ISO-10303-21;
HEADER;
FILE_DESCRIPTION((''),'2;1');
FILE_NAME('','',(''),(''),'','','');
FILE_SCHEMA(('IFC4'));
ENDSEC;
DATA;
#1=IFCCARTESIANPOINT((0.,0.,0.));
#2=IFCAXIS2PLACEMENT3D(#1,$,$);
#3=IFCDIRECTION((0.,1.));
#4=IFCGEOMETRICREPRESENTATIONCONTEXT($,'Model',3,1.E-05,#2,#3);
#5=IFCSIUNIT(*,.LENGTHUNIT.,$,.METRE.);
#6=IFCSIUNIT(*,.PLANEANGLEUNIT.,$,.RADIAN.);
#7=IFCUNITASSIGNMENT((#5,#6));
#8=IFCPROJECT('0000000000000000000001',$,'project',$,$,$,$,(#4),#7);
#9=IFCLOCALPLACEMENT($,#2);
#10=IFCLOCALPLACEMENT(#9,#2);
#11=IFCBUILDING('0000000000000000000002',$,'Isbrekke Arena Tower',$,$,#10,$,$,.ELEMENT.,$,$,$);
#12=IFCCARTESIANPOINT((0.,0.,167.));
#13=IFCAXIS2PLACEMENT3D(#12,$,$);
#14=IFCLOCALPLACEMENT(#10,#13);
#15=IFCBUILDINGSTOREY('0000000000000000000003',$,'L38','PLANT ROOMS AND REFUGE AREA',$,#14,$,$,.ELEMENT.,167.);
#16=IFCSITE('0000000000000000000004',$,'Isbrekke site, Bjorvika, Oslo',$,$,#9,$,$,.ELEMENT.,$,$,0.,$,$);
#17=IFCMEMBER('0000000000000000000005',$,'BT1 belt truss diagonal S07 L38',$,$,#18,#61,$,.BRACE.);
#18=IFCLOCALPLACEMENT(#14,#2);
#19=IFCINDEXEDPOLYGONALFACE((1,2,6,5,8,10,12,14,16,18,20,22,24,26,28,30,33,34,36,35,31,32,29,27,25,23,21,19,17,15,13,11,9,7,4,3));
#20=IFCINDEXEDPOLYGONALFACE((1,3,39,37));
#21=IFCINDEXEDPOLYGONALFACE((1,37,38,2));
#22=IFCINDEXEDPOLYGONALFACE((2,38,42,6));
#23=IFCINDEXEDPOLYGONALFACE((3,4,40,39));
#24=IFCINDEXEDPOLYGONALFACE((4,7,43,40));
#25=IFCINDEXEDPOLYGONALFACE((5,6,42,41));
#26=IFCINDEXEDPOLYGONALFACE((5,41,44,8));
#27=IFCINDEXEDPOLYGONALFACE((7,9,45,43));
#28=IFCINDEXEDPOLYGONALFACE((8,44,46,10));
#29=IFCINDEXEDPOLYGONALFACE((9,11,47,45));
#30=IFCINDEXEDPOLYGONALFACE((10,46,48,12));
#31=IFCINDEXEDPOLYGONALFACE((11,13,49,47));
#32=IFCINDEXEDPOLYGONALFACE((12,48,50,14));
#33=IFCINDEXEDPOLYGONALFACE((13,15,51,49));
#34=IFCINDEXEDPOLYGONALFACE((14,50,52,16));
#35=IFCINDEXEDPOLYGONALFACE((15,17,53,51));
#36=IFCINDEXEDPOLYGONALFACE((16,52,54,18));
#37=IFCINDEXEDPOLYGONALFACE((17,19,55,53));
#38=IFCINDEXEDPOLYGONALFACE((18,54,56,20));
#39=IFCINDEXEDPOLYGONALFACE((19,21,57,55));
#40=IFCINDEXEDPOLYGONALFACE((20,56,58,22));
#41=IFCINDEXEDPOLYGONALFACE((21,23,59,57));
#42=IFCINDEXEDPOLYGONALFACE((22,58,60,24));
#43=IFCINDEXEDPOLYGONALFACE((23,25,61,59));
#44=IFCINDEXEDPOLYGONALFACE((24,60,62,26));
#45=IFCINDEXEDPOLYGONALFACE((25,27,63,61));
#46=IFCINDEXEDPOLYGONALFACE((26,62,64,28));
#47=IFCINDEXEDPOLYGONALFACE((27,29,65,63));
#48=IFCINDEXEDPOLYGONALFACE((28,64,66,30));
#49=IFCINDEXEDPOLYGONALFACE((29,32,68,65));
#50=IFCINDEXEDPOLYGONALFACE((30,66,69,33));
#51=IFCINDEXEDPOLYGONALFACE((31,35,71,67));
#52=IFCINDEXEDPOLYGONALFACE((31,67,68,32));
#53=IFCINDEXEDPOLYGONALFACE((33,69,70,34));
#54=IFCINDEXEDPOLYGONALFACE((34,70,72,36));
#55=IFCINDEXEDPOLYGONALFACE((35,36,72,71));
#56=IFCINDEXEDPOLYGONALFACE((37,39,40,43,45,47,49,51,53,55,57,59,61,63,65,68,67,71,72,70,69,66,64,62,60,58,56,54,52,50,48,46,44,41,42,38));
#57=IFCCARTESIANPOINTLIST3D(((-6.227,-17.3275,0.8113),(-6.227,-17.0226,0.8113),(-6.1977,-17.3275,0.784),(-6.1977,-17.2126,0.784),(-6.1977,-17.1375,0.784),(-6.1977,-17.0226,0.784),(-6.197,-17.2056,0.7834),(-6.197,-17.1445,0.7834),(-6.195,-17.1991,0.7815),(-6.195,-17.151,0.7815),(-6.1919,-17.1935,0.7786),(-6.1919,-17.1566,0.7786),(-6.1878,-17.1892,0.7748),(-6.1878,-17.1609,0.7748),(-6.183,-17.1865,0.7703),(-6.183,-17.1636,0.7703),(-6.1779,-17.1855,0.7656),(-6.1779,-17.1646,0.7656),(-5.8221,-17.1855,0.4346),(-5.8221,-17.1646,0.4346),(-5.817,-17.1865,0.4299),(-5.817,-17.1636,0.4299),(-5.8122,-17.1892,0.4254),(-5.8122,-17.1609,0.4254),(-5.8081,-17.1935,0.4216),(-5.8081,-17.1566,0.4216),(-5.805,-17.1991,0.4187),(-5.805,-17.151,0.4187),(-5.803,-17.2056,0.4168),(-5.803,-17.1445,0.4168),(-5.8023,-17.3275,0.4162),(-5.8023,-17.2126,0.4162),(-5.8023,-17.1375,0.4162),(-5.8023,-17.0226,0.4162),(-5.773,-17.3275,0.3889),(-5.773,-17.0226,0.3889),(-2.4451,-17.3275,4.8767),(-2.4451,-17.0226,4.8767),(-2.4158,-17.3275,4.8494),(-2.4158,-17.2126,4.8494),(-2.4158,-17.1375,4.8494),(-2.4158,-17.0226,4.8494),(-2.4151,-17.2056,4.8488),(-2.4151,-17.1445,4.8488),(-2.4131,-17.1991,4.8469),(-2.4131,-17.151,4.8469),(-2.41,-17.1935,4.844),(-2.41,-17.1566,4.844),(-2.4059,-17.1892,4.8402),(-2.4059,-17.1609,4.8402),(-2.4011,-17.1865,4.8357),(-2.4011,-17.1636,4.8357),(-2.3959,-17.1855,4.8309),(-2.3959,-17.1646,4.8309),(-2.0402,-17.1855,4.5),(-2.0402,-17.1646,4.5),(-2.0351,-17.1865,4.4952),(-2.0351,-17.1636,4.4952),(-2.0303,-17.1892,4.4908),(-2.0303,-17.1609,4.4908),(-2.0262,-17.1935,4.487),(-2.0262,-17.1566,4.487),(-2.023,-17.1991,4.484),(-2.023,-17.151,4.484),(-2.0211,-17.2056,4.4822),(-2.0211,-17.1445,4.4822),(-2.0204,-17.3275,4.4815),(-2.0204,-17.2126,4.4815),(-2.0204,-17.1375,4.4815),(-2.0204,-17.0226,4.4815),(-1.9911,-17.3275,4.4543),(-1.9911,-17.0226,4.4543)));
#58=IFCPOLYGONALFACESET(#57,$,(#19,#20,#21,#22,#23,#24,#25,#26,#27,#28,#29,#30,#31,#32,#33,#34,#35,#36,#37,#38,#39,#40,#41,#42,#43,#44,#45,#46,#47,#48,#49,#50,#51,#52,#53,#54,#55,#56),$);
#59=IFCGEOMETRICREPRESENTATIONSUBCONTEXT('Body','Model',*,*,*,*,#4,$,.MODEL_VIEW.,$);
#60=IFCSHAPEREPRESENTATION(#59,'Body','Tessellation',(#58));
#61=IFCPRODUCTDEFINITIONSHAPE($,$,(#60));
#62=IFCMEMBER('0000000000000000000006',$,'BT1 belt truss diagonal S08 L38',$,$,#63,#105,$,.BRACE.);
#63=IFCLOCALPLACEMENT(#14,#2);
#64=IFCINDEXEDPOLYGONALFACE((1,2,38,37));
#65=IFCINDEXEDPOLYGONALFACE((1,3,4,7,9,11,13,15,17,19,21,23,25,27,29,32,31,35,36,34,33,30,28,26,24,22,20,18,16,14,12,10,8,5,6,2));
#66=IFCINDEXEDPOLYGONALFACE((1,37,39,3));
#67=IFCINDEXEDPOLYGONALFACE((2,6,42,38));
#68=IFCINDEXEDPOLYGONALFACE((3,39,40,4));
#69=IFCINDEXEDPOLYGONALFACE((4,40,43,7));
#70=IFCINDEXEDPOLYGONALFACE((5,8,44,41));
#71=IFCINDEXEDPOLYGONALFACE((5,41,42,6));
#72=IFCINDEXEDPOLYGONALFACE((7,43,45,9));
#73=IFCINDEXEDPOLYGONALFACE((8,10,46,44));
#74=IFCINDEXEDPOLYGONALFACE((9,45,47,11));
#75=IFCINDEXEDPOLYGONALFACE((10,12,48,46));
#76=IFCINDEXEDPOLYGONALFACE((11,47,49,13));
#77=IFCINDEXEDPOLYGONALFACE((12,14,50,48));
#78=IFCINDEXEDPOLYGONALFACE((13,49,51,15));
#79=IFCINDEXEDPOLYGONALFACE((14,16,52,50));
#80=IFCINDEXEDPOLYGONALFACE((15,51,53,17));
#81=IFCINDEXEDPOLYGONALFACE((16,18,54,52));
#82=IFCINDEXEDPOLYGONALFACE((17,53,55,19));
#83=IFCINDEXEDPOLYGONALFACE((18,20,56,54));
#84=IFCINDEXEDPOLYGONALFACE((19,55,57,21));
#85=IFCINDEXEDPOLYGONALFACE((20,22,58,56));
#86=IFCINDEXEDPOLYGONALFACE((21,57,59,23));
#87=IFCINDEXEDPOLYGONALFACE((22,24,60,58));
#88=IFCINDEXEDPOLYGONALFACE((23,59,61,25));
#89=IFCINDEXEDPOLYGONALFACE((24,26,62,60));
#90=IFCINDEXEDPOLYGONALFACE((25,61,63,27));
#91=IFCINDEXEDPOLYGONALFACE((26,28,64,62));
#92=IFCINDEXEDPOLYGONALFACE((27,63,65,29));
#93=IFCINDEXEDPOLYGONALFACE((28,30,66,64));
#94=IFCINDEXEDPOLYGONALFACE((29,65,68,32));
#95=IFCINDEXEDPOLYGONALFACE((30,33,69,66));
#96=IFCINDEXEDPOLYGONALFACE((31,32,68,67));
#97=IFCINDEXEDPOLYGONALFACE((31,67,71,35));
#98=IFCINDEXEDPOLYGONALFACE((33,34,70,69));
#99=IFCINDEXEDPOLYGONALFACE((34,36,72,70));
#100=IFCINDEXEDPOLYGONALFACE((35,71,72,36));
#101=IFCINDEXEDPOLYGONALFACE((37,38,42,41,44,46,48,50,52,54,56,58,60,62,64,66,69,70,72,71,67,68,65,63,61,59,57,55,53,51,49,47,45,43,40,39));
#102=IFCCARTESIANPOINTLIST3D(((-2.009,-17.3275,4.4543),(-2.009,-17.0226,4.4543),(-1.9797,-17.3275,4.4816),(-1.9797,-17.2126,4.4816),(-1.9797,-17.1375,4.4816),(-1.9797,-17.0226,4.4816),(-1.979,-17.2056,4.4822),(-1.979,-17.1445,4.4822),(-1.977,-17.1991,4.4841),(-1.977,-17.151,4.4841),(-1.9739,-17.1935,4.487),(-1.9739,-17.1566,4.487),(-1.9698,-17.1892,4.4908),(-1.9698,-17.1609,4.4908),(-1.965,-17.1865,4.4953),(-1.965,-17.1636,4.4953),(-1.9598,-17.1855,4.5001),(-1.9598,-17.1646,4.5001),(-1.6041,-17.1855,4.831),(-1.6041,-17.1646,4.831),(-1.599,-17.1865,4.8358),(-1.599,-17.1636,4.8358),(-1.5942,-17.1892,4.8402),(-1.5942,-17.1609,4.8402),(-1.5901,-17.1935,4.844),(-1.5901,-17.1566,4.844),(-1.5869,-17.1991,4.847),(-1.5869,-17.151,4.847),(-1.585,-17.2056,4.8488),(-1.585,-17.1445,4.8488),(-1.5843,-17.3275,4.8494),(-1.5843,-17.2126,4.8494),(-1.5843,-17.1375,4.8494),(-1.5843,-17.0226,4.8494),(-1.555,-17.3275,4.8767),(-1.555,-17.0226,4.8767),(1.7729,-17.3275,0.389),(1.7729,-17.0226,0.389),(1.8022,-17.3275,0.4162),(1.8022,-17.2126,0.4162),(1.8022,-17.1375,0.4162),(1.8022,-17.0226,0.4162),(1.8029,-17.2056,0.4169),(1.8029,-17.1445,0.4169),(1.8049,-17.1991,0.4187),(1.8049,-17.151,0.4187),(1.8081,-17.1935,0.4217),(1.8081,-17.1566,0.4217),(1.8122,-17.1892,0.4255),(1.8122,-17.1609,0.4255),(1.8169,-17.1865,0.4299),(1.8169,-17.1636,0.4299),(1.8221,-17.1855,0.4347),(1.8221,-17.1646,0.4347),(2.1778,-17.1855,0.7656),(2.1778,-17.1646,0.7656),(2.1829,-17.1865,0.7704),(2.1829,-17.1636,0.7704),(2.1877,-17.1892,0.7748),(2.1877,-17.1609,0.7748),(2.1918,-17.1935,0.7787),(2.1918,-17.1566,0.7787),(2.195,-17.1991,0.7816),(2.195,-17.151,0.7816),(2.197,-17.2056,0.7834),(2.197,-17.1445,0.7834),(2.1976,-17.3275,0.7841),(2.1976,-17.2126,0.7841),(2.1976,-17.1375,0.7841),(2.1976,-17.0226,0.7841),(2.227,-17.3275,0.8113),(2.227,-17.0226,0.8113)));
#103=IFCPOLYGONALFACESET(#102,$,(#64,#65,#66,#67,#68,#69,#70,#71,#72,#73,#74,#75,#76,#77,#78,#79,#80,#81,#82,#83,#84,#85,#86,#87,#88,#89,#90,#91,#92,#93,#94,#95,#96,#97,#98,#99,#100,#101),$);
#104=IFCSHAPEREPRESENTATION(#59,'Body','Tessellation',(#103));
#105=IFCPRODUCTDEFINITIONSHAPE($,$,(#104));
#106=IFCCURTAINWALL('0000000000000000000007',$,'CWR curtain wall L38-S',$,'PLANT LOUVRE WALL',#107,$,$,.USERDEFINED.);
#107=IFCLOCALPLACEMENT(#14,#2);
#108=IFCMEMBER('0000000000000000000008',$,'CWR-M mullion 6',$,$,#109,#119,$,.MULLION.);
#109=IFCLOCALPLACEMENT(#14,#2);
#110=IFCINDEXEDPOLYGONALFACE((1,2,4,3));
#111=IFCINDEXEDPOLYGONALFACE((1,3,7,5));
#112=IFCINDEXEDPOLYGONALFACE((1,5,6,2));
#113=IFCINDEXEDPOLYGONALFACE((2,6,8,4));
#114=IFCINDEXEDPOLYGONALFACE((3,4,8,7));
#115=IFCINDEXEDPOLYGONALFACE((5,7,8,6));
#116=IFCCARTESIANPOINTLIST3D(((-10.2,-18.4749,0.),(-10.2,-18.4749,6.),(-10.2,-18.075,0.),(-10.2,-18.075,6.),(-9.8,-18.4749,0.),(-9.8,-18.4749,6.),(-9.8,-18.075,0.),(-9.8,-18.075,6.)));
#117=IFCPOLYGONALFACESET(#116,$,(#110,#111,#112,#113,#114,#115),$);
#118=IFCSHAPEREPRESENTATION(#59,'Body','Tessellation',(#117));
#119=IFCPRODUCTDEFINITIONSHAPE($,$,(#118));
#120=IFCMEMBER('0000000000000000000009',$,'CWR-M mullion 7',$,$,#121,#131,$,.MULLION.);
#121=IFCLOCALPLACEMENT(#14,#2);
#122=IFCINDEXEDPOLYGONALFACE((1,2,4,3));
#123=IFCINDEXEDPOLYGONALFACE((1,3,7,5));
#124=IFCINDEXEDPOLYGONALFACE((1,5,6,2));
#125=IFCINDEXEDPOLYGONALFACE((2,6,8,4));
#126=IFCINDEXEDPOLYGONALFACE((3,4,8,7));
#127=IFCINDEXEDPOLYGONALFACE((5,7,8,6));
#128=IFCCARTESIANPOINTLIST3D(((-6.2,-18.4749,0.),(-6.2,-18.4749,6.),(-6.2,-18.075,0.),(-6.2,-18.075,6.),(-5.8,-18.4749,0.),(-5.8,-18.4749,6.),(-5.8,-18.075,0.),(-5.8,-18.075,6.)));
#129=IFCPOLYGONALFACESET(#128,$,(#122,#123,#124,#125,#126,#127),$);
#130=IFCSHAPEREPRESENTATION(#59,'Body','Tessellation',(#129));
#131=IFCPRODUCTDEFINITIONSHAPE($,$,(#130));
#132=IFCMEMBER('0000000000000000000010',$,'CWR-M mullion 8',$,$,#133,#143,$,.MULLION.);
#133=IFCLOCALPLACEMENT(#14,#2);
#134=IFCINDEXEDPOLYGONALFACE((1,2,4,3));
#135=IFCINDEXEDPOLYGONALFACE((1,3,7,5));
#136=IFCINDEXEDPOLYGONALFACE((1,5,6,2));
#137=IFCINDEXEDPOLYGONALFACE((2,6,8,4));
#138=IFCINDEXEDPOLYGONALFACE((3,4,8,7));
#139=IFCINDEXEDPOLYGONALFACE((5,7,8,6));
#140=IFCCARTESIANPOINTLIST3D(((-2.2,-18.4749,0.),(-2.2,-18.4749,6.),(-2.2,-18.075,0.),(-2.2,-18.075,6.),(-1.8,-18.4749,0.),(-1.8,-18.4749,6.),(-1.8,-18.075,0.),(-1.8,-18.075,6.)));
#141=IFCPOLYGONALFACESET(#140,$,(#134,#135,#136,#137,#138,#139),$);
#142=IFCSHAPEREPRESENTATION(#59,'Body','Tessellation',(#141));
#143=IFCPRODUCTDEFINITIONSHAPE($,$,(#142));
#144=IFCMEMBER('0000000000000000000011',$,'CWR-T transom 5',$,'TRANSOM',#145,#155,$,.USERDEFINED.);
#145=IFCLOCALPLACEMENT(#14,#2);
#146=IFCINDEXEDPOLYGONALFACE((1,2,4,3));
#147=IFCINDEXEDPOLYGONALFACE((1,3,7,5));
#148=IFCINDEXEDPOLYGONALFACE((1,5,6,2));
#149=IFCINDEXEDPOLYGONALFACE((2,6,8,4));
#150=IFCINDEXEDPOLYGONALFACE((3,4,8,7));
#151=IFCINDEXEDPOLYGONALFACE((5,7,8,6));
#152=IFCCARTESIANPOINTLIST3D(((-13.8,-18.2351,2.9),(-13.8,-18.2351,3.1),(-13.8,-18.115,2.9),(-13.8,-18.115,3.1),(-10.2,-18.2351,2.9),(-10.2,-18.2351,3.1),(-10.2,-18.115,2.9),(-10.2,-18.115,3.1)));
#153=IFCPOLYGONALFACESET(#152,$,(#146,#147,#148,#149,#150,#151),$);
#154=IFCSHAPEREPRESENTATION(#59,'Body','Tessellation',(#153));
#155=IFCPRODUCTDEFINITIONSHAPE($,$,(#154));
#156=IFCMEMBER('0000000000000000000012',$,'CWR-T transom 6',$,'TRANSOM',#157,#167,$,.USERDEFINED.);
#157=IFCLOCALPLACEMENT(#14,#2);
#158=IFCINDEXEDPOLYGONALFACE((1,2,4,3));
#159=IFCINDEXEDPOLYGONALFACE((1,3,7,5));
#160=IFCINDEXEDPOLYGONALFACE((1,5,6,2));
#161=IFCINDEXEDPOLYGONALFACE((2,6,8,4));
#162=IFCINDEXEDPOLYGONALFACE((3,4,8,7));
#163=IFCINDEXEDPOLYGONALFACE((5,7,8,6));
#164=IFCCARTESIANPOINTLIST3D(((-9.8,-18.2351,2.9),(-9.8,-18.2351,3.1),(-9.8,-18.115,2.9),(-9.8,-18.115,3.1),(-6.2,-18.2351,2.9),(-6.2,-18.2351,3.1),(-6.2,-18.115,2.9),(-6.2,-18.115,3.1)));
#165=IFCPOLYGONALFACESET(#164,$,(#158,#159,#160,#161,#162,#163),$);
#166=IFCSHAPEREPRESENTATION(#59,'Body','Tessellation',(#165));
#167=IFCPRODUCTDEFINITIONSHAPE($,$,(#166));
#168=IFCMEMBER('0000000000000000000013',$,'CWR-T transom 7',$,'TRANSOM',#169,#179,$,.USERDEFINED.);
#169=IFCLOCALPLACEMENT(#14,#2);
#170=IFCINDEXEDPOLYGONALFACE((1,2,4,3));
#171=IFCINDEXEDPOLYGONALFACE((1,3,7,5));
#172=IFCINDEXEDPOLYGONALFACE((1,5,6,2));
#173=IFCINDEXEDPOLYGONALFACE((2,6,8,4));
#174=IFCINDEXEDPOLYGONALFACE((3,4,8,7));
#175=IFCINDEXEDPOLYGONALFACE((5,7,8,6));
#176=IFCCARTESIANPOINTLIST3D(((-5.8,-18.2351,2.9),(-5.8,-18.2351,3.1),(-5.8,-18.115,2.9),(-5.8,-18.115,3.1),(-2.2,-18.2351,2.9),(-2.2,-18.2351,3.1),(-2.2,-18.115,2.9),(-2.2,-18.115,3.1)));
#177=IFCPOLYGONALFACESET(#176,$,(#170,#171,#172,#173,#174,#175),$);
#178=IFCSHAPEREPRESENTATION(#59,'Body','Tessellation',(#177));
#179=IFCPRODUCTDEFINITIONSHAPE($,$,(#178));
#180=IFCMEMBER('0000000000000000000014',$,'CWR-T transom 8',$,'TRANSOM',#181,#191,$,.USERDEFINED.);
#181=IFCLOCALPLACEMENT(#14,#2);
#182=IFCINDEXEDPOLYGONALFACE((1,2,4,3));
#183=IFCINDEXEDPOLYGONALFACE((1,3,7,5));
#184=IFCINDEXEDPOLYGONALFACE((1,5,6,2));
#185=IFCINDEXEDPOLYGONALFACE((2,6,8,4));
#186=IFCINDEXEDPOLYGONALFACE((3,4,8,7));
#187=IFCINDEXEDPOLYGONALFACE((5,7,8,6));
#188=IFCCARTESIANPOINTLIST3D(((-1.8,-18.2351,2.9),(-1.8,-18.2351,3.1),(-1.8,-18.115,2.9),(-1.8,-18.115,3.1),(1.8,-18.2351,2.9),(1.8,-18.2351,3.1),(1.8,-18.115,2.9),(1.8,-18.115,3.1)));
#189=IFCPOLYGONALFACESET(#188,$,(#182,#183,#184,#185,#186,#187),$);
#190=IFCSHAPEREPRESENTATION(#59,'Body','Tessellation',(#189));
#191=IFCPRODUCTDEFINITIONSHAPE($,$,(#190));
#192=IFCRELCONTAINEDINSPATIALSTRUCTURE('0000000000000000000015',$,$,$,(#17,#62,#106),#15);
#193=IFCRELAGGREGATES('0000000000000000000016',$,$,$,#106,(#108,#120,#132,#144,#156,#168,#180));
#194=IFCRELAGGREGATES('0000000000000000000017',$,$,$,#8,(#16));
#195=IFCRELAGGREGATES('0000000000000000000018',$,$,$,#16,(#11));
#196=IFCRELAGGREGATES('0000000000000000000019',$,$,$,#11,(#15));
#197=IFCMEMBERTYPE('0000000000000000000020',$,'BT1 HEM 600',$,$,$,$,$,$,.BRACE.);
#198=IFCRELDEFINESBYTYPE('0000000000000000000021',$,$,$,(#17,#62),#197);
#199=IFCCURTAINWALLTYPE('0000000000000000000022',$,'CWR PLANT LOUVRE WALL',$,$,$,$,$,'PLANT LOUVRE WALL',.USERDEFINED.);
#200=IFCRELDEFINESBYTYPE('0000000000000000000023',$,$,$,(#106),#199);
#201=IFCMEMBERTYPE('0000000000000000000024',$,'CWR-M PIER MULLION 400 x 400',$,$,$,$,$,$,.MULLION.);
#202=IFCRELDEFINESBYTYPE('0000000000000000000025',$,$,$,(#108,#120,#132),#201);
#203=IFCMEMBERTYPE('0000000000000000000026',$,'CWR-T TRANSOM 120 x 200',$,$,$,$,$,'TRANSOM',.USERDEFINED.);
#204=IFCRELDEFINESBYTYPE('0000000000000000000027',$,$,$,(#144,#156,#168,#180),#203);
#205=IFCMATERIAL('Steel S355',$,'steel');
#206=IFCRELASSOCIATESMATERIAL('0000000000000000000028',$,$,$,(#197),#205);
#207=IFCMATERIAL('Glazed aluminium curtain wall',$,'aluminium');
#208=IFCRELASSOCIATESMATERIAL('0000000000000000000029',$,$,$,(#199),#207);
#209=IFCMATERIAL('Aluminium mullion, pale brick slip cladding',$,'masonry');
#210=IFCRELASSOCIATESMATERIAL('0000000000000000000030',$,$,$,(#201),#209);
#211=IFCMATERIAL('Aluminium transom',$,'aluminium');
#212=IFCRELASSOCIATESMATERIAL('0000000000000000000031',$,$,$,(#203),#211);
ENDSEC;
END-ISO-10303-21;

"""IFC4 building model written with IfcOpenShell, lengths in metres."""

from ifc_helpers import new_model, si_unit, direction, frame, origin, origin_2d, place, context, subcontext, project, spatial, rectangle, i_section, extrude, material, material_profile, profile_set, type_object, element, aggregate, save


model = new_model("IFC4")

# Units and contexts
model_context = context("Model", 3, precision=1e-05, world=origin(), true_north=direction((0.0, 1.0)))
body_context = subcontext(model_context, "Body", "Model", "MODEL_VIEW")
ifc_project = project(units=[si_unit("LENGTHUNIT", "METRE"), si_unit("PLANEANGLEUNIT", "RADIAN")], contexts=[model_context])

# Site, building, storey
site_placement = place(None, origin())
site = spatial("IfcSite", under=ifc_project, at=site_placement, Name="Isbrekke site, Bjorvika, Oslo", CompositionType="ELEMENT", RefElevation=0.0)
building_placement = place(site_placement, origin())
building = spatial("IfcBuilding", under=site, at=building_placement, Name="Isbrekke Arena Tower", CompositionType="ELEMENT")
storey_placement = place(building_placement, frame((0.0, 0.0, 167.0)))
storey = spatial("IfcBuildingStorey", under=building, at=storey_placement, Name="L38", Description="PLANT ROOMS AND REFUGE AREA", CompositionType="ELEMENT", Elevation=167.0)

# Members
ifc_material_1 = material(Name="Steel S355", Category="steel")
ifc_material_profile_1 = material_profile(ifc_material_1, i_section(OverallWidth=0.3049, OverallDepth=0.6201, WebThickness=0.021, FlangeThickness=0.04, FilletRadius=0.0271, at=origin_2d()), Name="HEM 600")
ifc_profile_set_1 = profile_set([ifc_material_profile_1], Name="Steel S355")
member_type_1 = type_object("IfcMemberType", Name="BT1 HEM 600", PredefinedType="BRACE", material=ifc_profile_set_1)
for number, where, z_axis, x_axis, name in (
    (1, (-6.0, -17.175, 0.6001), (0.681122, 0.0, 0.73217), (0.0, 1.0, 0.0), "BT1 belt truss diagonal S07 L38"),
    (2, (-1.782, -17.175, 4.6655), (0.681122, 0.0, -0.73217), (0.0, 1.0, 0.0), "BT1 belt truss diagonal S08 L38"),
):
    element("IfcMember", number, at=place(storey_placement, frame(where, z_axis=z_axis, x_axis=x_axis)), inside=storey, type_object=member_type_1, Name=name, PredefinedType="BRACE", context=body_context, shape_type="SweptSolid", body=[
        extrude(i_section(OverallWidth=0.3049, OverallDepth=0.6201, WebThickness=0.021, FlangeThickness=0.04, FilletRadius=0.0271, at=origin_2d()), origin(), (0.0, 0.0, 1.0), 5.5525),
    ])

# Curtain wall, members
ifc_material_2 = material(Name="Glazed aluminium curtain wall", Category="aluminium")
curtain_wall_type = type_object("IfcCurtainWallType", Name="CWR PLANT LOUVRE WALL", ElementType="PLANT LOUVRE WALL", PredefinedType="USERDEFINED", material=ifc_material_2)
curtain_wall_placement = place(storey_placement, origin())
curtain_wall = element("IfcCurtainWall", 3, at=curtain_wall_placement, inside=storey, type_object=curtain_wall_type, Name="CWR curtain wall L38-S", ObjectType="PLANT LOUVRE WALL", PredefinedType="USERDEFINED")
ifc_material_3 = material(Name="Aluminium mullion, pale brick slip cladding", Category="masonry")
ifc_material_profile_2 = material_profile(ifc_material_3, rectangle(XDim=0.3999, YDim=0.3999, at=origin_2d()), Name="PIER 400X400")
ifc_profile_set_2 = profile_set([ifc_material_profile_2], Name="Aluminium mullion, pale brick slip cladding")
member_type_2 = type_object("IfcMemberType", Name="CWR-M PIER MULLION 400 x 400", PredefinedType="MULLION", material=ifc_profile_set_2)
member_1_placement = place(storey_placement, frame((-10.0, -18.2749, 0.0), z_axis=(0.0, 0.0, 1.0), x_axis=(1.0, 0.0, 0.0)))
member_1 = element("IfcMember", 4, at=member_1_placement, type_object=member_type_2, Name="CWR-M mullion 6", PredefinedType="MULLION", context=body_context, shape_type="SweptSolid", body=[
    extrude(rectangle(XDim=0.3999, YDim=0.3999, at=origin_2d()), origin(), (0.0, 0.0, 1.0), 6.0),
])
member_2_placement = place(storey_placement, frame((-6.0, -18.2749, 0.0), z_axis=(0.0, 0.0, 1.0), x_axis=(1.0, 0.0, 0.0)))
member_2 = element("IfcMember", 5, at=member_2_placement, type_object=member_type_2, Name="CWR-M mullion 7", PredefinedType="MULLION", context=body_context, shape_type="SweptSolid", body=[
    extrude(rectangle(XDim=0.3999, YDim=0.3999, at=origin_2d()), origin(), (0.0, 0.0, 1.0), 6.0),
])
member_3_placement = place(storey_placement, frame((-2.0, -18.2749, 0.0), z_axis=(0.0, 0.0, 1.0), x_axis=(1.0, 0.0, 0.0)))
member_3 = element("IfcMember", 6, at=member_3_placement, type_object=member_type_2, Name="CWR-M mullion 8", PredefinedType="MULLION", context=body_context, shape_type="SweptSolid", body=[
    extrude(rectangle(XDim=0.3999, YDim=0.3999, at=origin_2d()), origin(), (0.0, 0.0, 1.0), 6.0),
])
ifc_material_4 = material(Name="Aluminium transom", Category="aluminium")
ifc_material_profile_3 = material_profile(ifc_material_4, rectangle(XDim=0.1201, YDim=0.2, at=origin_2d()), Name="TRANSOM 120X200")
ifc_profile_set_3 = profile_set([ifc_material_profile_3], Name="Aluminium transom")
member_type_3 = type_object("IfcMemberType", Name="CWR-T TRANSOM 120 x 200", ElementType="TRANSOM", PredefinedType="USERDEFINED", material=ifc_profile_set_3)
member_4_placement = place(storey_placement, frame((-13.8, -18.175, 3.0), z_axis=(1.0, 0.0, 0.0), x_axis=(0.0, 1.0, 0.0)))
member_4 = element("IfcMember", 7, at=member_4_placement, type_object=member_type_3, Name="CWR-T transom 5", ObjectType="TRANSOM", PredefinedType="USERDEFINED", context=body_context, shape_type="SweptSolid", body=[
    extrude(rectangle(XDim=0.1201, YDim=0.2, at=origin_2d()), origin(), (0.0, 0.0, 1.0), 3.6001),
])
member_5_placement = place(storey_placement, frame((-9.8, -18.175, 3.0), z_axis=(1.0, 0.0, 0.0), x_axis=(0.0, 1.0, 0.0)))
member_5 = element("IfcMember", 8, at=member_5_placement, type_object=member_type_3, Name="CWR-T transom 6", ObjectType="TRANSOM", PredefinedType="USERDEFINED", context=body_context, shape_type="SweptSolid", body=[
    extrude(rectangle(XDim=0.1201, YDim=0.2, at=origin_2d()), origin(), (0.0, 0.0, 1.0), 3.6001),
])
member_6_placement = place(storey_placement, frame((-5.8, -18.175, 3.0), z_axis=(1.0, 0.0, 0.0), x_axis=(0.0, 1.0, 0.0)))
member_6 = element("IfcMember", 9, at=member_6_placement, type_object=member_type_3, Name="CWR-T transom 7", ObjectType="TRANSOM", PredefinedType="USERDEFINED", context=body_context, shape_type="SweptSolid", body=[
    extrude(rectangle(XDim=0.1201, YDim=0.2, at=origin_2d()), origin(), (0.0, 0.0, 1.0), 3.6001),
])
member_7_placement = place(storey_placement, frame((-1.8, -18.175, 3.0), z_axis=(1.0, 0.0, 0.0), x_axis=(0.0, 1.0, 0.0)))
member_7 = element("IfcMember", 10, at=member_7_placement, type_object=member_type_3, Name="CWR-T transom 8", ObjectType="TRANSOM", PredefinedType="USERDEFINED", context=body_context, shape_type="SweptSolid", body=[
    extrude(rectangle(XDim=0.1201, YDim=0.2, at=origin_2d()), origin(), (0.0, 0.0, 1.0), 3.6001),
])

aggregate(curtain_wall, [member_1, member_2, member_3, member_4, member_5, member_6, member_7])

save(model, "model.ifc")
